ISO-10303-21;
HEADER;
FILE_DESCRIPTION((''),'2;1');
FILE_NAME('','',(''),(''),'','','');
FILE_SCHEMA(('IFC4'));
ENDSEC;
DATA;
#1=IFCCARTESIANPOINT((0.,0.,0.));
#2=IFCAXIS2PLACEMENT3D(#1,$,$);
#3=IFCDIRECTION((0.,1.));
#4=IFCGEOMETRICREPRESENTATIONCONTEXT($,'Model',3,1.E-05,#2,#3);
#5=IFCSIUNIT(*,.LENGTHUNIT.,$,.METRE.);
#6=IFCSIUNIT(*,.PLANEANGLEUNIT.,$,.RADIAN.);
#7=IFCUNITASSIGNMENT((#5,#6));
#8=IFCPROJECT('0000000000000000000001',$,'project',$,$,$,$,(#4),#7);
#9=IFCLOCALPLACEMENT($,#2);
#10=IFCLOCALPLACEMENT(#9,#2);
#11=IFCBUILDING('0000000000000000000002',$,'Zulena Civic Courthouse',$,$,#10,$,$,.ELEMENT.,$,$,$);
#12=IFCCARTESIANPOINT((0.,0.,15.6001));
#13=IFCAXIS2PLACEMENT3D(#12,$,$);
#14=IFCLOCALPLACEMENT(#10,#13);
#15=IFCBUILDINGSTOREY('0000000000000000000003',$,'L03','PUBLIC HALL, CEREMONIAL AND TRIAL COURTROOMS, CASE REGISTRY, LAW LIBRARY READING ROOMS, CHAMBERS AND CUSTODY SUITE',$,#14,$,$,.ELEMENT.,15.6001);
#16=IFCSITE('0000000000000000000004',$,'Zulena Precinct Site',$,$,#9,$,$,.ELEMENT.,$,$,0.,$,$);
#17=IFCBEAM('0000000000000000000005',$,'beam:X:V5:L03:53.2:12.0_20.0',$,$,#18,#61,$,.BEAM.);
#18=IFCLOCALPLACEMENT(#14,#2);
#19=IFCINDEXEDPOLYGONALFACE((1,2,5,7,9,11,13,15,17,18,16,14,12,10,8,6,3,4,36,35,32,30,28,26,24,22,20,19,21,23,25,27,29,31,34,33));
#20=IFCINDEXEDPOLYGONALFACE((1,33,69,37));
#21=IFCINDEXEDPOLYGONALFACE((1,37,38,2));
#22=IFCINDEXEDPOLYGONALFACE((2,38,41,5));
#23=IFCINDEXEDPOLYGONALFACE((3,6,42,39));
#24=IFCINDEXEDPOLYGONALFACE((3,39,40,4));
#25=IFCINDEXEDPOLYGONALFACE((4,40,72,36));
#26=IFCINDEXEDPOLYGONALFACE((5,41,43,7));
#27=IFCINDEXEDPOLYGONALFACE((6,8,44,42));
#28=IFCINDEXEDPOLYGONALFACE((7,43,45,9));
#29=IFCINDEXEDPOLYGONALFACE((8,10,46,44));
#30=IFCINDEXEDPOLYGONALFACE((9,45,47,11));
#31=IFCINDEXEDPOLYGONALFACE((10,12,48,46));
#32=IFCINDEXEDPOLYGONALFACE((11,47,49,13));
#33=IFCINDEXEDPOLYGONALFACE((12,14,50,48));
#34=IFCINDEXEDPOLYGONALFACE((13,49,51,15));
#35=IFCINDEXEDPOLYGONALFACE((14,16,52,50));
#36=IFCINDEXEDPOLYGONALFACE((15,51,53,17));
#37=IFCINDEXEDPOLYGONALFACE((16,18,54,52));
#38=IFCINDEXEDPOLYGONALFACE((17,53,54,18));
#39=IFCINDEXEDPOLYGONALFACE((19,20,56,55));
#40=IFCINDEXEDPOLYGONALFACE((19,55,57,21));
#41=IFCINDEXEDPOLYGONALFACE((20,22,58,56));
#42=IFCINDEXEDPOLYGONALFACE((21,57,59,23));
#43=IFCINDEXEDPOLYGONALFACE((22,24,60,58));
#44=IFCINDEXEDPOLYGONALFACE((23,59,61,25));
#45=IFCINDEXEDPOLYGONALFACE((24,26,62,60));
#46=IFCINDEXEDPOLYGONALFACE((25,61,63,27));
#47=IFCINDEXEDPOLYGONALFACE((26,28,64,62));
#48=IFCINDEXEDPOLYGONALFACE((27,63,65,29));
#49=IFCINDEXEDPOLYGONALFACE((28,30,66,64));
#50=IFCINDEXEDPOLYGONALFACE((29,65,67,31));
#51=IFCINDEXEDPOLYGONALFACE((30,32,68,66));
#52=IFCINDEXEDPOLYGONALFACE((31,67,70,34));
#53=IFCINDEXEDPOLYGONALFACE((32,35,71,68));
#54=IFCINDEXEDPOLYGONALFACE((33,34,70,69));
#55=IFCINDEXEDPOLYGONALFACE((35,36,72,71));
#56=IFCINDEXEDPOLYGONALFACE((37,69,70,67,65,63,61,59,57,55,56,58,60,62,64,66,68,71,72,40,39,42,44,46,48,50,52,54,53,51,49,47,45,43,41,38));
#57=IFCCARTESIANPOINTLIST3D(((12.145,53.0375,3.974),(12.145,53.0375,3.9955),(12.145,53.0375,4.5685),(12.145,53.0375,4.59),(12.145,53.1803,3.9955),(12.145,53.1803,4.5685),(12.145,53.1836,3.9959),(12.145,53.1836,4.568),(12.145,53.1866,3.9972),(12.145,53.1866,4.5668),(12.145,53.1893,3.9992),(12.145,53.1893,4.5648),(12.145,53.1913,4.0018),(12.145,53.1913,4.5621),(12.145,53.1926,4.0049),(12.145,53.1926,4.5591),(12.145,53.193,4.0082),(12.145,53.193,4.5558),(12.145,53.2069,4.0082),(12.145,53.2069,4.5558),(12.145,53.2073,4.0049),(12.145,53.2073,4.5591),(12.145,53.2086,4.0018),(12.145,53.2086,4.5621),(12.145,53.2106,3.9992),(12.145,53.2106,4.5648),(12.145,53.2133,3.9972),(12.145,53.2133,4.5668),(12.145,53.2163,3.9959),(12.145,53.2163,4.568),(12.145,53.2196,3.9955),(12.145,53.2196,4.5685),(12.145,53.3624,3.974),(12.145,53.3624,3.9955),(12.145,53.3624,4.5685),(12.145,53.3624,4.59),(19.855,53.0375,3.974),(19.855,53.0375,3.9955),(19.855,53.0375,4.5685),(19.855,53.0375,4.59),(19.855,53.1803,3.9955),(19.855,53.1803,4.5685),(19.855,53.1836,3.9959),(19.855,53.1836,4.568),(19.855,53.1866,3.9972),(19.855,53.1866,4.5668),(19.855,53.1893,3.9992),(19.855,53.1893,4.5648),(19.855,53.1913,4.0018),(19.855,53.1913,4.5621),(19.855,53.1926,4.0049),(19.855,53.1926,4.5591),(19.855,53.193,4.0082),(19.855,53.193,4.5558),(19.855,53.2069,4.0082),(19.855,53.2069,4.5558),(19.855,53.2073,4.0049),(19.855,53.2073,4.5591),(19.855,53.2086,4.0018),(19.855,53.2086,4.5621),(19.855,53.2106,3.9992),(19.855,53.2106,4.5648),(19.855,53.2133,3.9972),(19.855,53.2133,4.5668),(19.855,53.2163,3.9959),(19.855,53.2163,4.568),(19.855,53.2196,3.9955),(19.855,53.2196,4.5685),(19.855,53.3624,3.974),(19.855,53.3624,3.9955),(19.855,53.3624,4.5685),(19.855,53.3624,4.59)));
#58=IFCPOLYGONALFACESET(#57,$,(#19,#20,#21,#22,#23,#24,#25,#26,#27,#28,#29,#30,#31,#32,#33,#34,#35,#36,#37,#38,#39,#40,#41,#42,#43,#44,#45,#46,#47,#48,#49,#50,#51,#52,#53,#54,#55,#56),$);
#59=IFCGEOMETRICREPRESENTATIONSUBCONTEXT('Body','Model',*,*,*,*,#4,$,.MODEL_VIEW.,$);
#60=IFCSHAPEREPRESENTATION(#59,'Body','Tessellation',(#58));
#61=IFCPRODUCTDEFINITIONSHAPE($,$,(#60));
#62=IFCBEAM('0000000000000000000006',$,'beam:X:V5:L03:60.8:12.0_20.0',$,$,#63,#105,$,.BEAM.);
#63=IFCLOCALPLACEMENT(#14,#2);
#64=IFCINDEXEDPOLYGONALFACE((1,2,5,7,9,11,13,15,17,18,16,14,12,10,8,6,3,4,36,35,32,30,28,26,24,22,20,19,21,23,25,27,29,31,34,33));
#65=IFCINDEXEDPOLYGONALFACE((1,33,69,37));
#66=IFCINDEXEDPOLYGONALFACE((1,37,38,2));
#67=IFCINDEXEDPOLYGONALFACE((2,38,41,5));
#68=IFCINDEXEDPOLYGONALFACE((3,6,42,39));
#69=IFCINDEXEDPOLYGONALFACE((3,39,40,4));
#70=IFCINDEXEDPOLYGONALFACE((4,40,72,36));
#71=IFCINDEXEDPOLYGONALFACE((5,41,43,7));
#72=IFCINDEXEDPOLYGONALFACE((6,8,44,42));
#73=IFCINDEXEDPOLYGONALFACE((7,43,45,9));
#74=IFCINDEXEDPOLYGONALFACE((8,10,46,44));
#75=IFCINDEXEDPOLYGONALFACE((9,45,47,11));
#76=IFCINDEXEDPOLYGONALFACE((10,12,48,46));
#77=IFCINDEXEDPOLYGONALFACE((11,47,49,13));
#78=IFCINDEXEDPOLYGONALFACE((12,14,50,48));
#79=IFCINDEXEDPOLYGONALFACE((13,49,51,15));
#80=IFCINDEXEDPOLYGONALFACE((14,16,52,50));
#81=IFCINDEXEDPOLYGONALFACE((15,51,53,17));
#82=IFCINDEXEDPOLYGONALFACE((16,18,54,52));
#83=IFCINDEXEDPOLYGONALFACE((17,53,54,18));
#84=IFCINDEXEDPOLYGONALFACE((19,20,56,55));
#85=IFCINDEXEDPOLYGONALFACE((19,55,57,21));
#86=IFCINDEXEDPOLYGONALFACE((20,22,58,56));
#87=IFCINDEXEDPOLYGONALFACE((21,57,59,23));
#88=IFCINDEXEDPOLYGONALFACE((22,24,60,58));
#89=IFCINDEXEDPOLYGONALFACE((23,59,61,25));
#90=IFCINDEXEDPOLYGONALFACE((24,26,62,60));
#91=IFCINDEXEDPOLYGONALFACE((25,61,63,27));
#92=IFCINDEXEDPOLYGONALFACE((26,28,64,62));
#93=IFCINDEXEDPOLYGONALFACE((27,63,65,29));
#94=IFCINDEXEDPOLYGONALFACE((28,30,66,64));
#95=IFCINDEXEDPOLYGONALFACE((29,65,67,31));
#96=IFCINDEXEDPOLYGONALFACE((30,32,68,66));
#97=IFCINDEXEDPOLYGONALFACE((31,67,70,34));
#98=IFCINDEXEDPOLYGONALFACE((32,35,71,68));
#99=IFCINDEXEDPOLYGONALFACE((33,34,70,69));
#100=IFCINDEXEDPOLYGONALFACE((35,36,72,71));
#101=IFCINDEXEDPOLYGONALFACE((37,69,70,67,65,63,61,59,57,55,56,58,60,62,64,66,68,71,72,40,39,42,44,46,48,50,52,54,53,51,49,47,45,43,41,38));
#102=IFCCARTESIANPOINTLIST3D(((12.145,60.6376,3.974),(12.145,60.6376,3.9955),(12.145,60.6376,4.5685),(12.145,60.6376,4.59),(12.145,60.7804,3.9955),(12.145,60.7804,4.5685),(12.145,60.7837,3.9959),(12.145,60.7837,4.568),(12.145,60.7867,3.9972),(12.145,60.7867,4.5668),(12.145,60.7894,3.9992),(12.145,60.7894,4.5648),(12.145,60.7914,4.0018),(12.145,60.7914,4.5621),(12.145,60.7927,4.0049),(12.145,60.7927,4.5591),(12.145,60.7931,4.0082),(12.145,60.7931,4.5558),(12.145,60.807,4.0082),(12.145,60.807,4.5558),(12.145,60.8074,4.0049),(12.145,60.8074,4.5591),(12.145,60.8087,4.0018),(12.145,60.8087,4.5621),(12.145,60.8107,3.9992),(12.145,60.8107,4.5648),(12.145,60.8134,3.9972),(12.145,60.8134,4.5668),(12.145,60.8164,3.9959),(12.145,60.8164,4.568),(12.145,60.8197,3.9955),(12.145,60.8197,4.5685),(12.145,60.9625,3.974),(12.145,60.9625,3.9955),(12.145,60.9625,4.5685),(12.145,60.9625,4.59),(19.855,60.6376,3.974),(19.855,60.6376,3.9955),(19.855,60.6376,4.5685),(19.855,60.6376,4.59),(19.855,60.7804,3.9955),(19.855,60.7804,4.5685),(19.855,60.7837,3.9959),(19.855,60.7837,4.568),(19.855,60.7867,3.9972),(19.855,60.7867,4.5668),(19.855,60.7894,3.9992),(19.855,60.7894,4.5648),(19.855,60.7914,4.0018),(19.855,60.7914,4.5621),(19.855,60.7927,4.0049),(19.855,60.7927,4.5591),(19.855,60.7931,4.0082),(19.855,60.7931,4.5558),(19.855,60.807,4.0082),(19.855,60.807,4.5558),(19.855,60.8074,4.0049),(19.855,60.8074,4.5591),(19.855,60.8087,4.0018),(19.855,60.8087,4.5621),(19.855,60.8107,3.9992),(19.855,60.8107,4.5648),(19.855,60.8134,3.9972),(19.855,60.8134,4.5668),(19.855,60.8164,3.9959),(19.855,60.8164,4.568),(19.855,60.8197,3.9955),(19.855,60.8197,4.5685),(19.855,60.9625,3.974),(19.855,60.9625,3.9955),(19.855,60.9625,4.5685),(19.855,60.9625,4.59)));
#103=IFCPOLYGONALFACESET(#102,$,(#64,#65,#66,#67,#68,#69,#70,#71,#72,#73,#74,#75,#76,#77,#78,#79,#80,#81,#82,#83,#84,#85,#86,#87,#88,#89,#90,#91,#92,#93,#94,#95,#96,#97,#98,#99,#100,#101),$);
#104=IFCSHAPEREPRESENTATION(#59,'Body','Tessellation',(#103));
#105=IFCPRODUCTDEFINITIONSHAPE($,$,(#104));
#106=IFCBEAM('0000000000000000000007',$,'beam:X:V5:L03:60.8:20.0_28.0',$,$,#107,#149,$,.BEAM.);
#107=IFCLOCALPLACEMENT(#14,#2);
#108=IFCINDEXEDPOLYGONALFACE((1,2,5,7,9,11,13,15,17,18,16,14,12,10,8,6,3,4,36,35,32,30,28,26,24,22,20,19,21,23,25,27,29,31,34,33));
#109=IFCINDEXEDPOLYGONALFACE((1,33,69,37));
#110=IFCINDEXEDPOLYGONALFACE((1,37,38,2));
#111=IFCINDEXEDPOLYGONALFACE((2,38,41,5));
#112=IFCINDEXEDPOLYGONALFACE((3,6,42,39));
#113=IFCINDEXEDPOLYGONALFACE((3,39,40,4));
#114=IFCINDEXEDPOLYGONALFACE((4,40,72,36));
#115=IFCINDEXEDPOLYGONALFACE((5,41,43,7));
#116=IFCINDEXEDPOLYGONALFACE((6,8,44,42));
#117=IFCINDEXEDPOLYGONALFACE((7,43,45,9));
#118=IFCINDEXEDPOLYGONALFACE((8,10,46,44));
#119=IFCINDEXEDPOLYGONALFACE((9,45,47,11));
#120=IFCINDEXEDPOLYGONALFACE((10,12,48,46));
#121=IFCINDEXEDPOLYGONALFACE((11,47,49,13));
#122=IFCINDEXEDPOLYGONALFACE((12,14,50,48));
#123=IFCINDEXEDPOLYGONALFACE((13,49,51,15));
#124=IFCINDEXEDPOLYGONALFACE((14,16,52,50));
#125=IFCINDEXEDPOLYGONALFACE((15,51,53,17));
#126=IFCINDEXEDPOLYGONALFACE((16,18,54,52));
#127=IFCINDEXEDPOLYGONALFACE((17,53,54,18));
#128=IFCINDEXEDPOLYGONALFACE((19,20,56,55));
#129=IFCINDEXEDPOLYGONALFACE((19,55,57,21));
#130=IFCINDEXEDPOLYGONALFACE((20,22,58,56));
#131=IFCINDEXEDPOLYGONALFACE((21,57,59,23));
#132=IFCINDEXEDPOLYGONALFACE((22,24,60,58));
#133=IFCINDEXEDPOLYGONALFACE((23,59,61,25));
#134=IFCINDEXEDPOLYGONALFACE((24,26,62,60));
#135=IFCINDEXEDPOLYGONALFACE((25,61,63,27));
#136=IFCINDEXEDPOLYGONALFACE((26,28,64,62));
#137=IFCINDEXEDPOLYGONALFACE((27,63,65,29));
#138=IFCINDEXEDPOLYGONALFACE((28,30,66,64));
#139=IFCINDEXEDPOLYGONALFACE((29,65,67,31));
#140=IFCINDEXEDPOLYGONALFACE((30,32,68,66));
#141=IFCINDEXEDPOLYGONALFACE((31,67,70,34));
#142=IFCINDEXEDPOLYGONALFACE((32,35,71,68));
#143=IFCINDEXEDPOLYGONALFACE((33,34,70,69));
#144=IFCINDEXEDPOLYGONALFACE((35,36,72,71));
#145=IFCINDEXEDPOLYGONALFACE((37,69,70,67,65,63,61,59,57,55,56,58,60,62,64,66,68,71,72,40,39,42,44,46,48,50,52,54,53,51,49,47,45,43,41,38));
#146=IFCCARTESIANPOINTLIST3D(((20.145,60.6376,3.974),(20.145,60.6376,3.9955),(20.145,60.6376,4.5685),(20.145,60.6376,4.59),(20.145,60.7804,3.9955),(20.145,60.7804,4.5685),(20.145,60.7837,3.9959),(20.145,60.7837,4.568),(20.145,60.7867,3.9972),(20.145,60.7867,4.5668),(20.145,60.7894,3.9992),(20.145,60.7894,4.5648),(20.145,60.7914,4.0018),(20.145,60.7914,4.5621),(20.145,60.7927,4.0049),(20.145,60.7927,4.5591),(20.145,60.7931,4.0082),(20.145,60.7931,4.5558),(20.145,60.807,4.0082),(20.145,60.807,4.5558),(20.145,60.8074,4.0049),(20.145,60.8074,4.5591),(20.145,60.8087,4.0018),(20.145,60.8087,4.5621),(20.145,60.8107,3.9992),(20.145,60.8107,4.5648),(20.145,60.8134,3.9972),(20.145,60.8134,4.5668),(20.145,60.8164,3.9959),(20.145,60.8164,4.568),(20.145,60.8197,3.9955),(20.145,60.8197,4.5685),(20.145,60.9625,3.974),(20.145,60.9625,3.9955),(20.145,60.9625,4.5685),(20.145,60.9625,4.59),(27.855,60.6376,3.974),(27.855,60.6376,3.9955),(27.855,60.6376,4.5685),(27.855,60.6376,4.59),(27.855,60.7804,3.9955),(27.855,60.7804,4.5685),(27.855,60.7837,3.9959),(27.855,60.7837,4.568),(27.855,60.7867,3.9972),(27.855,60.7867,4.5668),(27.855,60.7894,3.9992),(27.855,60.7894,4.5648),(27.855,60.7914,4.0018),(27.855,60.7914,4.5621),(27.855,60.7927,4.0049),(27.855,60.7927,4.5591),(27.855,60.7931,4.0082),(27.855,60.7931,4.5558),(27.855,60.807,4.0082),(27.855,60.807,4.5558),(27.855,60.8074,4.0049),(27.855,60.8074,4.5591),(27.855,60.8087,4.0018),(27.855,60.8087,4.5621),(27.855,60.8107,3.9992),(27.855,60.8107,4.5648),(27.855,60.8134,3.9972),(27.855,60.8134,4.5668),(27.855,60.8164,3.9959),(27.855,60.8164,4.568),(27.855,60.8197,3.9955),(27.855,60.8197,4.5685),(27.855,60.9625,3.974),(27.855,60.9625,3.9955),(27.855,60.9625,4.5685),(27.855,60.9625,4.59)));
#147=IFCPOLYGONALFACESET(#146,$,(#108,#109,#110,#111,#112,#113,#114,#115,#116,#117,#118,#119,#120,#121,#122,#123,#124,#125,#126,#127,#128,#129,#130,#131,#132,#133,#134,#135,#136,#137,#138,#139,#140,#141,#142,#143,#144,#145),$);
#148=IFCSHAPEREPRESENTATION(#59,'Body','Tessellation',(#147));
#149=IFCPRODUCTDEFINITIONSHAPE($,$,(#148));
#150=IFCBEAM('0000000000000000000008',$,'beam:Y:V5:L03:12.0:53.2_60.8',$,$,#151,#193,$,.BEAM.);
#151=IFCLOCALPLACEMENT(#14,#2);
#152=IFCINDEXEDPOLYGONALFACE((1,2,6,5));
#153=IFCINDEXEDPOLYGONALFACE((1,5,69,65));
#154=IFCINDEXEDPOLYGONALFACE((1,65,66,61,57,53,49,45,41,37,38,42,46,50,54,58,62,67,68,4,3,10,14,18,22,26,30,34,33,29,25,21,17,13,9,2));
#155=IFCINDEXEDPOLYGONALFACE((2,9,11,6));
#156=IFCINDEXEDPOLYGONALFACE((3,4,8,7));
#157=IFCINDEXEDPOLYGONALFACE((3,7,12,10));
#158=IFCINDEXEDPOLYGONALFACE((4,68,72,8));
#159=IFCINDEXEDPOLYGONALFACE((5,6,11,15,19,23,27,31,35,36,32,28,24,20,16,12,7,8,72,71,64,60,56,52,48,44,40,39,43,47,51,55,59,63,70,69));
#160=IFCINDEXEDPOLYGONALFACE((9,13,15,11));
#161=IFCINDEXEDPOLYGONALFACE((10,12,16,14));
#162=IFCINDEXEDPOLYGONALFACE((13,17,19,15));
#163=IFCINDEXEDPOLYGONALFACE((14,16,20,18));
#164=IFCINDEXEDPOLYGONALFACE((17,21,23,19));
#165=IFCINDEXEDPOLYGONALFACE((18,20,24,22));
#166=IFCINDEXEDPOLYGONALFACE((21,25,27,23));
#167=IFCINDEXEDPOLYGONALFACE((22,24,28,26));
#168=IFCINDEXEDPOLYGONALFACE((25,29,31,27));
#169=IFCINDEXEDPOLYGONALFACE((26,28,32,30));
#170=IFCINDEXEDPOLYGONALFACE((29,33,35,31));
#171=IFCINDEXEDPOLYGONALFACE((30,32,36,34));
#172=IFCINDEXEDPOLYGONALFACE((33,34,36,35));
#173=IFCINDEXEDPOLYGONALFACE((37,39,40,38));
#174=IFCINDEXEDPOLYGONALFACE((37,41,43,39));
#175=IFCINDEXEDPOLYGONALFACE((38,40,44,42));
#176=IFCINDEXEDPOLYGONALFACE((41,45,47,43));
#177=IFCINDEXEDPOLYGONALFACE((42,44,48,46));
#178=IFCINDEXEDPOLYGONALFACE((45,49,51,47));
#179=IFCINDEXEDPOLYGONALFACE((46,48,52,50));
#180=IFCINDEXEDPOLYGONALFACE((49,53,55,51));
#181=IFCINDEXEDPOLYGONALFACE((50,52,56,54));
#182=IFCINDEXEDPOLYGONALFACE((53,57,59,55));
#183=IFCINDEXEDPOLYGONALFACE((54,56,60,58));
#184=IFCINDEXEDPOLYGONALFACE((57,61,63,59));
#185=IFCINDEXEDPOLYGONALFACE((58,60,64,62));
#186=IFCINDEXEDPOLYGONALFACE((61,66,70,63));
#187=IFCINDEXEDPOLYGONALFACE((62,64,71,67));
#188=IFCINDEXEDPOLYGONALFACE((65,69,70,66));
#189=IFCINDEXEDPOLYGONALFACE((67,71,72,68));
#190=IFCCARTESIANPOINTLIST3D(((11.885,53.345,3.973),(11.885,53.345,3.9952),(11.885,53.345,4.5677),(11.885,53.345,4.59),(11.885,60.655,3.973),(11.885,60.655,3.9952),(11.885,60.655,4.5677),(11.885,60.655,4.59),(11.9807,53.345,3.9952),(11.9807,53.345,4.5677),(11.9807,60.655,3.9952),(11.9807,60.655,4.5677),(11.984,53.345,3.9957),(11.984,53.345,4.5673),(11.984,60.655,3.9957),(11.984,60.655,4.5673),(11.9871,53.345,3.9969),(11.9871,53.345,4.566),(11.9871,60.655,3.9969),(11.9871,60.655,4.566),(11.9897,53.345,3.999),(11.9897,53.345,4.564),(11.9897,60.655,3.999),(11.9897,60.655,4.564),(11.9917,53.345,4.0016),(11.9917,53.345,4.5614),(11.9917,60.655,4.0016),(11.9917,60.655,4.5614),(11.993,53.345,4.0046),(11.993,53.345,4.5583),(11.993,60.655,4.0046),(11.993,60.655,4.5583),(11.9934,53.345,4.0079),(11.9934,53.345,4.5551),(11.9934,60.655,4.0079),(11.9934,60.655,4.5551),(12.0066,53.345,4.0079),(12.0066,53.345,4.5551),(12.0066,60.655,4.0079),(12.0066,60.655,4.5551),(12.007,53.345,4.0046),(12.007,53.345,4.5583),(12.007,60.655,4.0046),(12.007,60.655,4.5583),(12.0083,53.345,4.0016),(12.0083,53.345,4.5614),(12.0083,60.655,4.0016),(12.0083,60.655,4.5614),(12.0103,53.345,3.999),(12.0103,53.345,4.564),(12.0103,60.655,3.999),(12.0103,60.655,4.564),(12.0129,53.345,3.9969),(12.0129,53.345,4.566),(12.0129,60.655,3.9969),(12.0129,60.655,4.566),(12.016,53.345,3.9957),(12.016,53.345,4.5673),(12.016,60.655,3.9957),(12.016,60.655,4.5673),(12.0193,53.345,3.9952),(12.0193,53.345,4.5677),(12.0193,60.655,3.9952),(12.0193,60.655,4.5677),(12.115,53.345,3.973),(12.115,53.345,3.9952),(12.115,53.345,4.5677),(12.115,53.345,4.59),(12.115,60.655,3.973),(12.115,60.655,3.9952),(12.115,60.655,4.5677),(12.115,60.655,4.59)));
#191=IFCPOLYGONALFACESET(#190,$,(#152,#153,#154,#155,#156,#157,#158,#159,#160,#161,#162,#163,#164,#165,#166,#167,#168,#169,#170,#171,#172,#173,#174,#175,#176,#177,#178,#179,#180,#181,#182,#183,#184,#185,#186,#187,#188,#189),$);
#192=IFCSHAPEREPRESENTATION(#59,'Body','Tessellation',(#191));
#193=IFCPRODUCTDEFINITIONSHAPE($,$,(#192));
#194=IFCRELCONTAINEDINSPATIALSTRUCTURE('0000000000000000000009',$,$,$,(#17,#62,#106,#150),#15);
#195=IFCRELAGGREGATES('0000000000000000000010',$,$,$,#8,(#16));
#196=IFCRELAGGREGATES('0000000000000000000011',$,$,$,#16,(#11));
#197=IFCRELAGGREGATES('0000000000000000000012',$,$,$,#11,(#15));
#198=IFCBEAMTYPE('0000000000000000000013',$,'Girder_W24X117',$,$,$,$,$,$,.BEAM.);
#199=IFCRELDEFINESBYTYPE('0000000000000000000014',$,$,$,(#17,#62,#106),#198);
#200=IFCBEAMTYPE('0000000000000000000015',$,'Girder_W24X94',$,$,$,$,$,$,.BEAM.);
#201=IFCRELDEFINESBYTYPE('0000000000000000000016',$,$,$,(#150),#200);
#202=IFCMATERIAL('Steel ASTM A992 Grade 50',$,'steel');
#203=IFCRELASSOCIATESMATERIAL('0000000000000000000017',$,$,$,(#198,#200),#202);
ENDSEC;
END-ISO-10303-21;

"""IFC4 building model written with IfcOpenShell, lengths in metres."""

from ifc_helpers import new_model, si_unit, direction, frame, origin, origin_2d, place, context, subcontext, project, spatial, i_section, extrude, material, material_profile, profile_set, type_object, element, save


model = new_model("IFC4")

# Units and contexts
model_context = context("Model", 3, precision=1e-05, world=origin(), true_north=direction((0.0, 1.0)))
body_context = subcontext(model_context, "Body", "Model", "MODEL_VIEW")
ifc_project = project(units=[si_unit("LENGTHUNIT", "METRE"), si_unit("PLANEANGLEUNIT", "RADIAN")], contexts=[model_context])

# Site, building, storey
site_placement = place(None, origin())
site = spatial("IfcSite", under=ifc_project, at=site_placement, Name="Zulena Precinct Site", CompositionType="ELEMENT", RefElevation=0.0)
building_placement = place(site_placement, origin())
building = spatial("IfcBuilding", under=site, at=building_placement, Name="Zulena Civic Courthouse", CompositionType="ELEMENT")
storey_placement = place(building_placement, frame((0.0, 0.0, 15.6001)))
storey = spatial("IfcBuildingStorey", under=building, at=storey_placement, Name="L03", Description="PUBLIC HALL, CEREMONIAL AND TRIAL COURTROOMS, CASE REGISTRY, LAW LIBRARY READING ROOMS, CHAMBERS AND CUSTODY SUITE", CompositionType="ELEMENT", Elevation=15.6001)

# Shared definitions
ifc_material_1 = material(Name="Steel ASTM A992 Grade 50", Category="steel")

# Beams
ifc_material_profile_1 = material_profile(ifc_material_1, i_section(OverallWidth=0.325, OverallDepth=0.616, WebThickness=0.0139, FlangeThickness=0.0215, FilletRadius=0.0127, at=origin_2d()), Name="W24X117")
ifc_profile_set_1 = profile_set([ifc_material_profile_1], Name="Steel ASTM A992 Grade 50")
beam_type_1 = type_object("IfcBeamType", Name="Girder_W24X117", PredefinedType="BEAM", material=ifc_profile_set_1)
for number, where, z_axis, x_axis, name in (
    (1, (12.145, 53.2, 4.282), (1.0, 0.0, 0.0), (0.0, 1.0, 0.0), "beam:X:V5:L03:53.2:12.0_20.0"),
    (2, (12.145, 60.8, 4.282), (1.0, 0.0, 0.0), (0.0, 1.0, 0.0), "beam:X:V5:L03:60.8:12.0_20.0"),
    (3, (20.145, 60.8, 4.282), (1.0, 0.0, 0.0), (0.0, 1.0, 0.0), "beam:X:V5:L03:60.8:20.0_28.0"),
):
    element("IfcBeam", number, at=place(storey_placement, frame(where, z_axis=z_axis, x_axis=x_axis)), inside=storey, type_object=beam_type_1, Name=name, PredefinedType="BEAM", context=body_context, shape_type="SweptSolid", body=[
        extrude(i_section(OverallWidth=0.325, OverallDepth=0.616, WebThickness=0.0139, FlangeThickness=0.0215, FilletRadius=0.0127, at=origin_2d()), origin(), (0.0, 0.0, 1.0), 7.71),
    ])
ifc_material_profile_2 = material_profile(ifc_material_1, i_section(OverallWidth=0.23, OverallDepth=0.6169, WebThickness=0.0132, FlangeThickness=0.0222, FilletRadius=0.0127, at=origin_2d()), Name="W24X94")
ifc_profile_set_2 = profile_set([ifc_material_profile_2], Name="Steel ASTM A992 Grade 50")
beam_type_2 = type_object("IfcBeamType", Name="Girder_W24X94", PredefinedType="BEAM", material=ifc_profile_set_2)
for number, where, z_axis, x_axis, name in (
    (4, (12.0, 53.345, 4.2815), (0.0, 1.0, 0.0), (-1.0, 0.0, 0.0), "beam:Y:V5:L03:12.0:53.2_60.8"),
):
    element("IfcBeam", number, at=place(storey_placement, frame(where, z_axis=z_axis, x_axis=x_axis)), inside=storey, type_object=beam_type_2, Name=name, PredefinedType="BEAM", context=body_context, shape_type="SweptSolid", body=[
        extrude(i_section(OverallWidth=0.23, OverallDepth=0.6169, WebThickness=0.0132, FlangeThickness=0.0222, FilletRadius=0.0127, at=origin_2d()), origin(), (0.0, 0.0, 1.0), 7.3101),
    ])

save(model, "model.ifc")
